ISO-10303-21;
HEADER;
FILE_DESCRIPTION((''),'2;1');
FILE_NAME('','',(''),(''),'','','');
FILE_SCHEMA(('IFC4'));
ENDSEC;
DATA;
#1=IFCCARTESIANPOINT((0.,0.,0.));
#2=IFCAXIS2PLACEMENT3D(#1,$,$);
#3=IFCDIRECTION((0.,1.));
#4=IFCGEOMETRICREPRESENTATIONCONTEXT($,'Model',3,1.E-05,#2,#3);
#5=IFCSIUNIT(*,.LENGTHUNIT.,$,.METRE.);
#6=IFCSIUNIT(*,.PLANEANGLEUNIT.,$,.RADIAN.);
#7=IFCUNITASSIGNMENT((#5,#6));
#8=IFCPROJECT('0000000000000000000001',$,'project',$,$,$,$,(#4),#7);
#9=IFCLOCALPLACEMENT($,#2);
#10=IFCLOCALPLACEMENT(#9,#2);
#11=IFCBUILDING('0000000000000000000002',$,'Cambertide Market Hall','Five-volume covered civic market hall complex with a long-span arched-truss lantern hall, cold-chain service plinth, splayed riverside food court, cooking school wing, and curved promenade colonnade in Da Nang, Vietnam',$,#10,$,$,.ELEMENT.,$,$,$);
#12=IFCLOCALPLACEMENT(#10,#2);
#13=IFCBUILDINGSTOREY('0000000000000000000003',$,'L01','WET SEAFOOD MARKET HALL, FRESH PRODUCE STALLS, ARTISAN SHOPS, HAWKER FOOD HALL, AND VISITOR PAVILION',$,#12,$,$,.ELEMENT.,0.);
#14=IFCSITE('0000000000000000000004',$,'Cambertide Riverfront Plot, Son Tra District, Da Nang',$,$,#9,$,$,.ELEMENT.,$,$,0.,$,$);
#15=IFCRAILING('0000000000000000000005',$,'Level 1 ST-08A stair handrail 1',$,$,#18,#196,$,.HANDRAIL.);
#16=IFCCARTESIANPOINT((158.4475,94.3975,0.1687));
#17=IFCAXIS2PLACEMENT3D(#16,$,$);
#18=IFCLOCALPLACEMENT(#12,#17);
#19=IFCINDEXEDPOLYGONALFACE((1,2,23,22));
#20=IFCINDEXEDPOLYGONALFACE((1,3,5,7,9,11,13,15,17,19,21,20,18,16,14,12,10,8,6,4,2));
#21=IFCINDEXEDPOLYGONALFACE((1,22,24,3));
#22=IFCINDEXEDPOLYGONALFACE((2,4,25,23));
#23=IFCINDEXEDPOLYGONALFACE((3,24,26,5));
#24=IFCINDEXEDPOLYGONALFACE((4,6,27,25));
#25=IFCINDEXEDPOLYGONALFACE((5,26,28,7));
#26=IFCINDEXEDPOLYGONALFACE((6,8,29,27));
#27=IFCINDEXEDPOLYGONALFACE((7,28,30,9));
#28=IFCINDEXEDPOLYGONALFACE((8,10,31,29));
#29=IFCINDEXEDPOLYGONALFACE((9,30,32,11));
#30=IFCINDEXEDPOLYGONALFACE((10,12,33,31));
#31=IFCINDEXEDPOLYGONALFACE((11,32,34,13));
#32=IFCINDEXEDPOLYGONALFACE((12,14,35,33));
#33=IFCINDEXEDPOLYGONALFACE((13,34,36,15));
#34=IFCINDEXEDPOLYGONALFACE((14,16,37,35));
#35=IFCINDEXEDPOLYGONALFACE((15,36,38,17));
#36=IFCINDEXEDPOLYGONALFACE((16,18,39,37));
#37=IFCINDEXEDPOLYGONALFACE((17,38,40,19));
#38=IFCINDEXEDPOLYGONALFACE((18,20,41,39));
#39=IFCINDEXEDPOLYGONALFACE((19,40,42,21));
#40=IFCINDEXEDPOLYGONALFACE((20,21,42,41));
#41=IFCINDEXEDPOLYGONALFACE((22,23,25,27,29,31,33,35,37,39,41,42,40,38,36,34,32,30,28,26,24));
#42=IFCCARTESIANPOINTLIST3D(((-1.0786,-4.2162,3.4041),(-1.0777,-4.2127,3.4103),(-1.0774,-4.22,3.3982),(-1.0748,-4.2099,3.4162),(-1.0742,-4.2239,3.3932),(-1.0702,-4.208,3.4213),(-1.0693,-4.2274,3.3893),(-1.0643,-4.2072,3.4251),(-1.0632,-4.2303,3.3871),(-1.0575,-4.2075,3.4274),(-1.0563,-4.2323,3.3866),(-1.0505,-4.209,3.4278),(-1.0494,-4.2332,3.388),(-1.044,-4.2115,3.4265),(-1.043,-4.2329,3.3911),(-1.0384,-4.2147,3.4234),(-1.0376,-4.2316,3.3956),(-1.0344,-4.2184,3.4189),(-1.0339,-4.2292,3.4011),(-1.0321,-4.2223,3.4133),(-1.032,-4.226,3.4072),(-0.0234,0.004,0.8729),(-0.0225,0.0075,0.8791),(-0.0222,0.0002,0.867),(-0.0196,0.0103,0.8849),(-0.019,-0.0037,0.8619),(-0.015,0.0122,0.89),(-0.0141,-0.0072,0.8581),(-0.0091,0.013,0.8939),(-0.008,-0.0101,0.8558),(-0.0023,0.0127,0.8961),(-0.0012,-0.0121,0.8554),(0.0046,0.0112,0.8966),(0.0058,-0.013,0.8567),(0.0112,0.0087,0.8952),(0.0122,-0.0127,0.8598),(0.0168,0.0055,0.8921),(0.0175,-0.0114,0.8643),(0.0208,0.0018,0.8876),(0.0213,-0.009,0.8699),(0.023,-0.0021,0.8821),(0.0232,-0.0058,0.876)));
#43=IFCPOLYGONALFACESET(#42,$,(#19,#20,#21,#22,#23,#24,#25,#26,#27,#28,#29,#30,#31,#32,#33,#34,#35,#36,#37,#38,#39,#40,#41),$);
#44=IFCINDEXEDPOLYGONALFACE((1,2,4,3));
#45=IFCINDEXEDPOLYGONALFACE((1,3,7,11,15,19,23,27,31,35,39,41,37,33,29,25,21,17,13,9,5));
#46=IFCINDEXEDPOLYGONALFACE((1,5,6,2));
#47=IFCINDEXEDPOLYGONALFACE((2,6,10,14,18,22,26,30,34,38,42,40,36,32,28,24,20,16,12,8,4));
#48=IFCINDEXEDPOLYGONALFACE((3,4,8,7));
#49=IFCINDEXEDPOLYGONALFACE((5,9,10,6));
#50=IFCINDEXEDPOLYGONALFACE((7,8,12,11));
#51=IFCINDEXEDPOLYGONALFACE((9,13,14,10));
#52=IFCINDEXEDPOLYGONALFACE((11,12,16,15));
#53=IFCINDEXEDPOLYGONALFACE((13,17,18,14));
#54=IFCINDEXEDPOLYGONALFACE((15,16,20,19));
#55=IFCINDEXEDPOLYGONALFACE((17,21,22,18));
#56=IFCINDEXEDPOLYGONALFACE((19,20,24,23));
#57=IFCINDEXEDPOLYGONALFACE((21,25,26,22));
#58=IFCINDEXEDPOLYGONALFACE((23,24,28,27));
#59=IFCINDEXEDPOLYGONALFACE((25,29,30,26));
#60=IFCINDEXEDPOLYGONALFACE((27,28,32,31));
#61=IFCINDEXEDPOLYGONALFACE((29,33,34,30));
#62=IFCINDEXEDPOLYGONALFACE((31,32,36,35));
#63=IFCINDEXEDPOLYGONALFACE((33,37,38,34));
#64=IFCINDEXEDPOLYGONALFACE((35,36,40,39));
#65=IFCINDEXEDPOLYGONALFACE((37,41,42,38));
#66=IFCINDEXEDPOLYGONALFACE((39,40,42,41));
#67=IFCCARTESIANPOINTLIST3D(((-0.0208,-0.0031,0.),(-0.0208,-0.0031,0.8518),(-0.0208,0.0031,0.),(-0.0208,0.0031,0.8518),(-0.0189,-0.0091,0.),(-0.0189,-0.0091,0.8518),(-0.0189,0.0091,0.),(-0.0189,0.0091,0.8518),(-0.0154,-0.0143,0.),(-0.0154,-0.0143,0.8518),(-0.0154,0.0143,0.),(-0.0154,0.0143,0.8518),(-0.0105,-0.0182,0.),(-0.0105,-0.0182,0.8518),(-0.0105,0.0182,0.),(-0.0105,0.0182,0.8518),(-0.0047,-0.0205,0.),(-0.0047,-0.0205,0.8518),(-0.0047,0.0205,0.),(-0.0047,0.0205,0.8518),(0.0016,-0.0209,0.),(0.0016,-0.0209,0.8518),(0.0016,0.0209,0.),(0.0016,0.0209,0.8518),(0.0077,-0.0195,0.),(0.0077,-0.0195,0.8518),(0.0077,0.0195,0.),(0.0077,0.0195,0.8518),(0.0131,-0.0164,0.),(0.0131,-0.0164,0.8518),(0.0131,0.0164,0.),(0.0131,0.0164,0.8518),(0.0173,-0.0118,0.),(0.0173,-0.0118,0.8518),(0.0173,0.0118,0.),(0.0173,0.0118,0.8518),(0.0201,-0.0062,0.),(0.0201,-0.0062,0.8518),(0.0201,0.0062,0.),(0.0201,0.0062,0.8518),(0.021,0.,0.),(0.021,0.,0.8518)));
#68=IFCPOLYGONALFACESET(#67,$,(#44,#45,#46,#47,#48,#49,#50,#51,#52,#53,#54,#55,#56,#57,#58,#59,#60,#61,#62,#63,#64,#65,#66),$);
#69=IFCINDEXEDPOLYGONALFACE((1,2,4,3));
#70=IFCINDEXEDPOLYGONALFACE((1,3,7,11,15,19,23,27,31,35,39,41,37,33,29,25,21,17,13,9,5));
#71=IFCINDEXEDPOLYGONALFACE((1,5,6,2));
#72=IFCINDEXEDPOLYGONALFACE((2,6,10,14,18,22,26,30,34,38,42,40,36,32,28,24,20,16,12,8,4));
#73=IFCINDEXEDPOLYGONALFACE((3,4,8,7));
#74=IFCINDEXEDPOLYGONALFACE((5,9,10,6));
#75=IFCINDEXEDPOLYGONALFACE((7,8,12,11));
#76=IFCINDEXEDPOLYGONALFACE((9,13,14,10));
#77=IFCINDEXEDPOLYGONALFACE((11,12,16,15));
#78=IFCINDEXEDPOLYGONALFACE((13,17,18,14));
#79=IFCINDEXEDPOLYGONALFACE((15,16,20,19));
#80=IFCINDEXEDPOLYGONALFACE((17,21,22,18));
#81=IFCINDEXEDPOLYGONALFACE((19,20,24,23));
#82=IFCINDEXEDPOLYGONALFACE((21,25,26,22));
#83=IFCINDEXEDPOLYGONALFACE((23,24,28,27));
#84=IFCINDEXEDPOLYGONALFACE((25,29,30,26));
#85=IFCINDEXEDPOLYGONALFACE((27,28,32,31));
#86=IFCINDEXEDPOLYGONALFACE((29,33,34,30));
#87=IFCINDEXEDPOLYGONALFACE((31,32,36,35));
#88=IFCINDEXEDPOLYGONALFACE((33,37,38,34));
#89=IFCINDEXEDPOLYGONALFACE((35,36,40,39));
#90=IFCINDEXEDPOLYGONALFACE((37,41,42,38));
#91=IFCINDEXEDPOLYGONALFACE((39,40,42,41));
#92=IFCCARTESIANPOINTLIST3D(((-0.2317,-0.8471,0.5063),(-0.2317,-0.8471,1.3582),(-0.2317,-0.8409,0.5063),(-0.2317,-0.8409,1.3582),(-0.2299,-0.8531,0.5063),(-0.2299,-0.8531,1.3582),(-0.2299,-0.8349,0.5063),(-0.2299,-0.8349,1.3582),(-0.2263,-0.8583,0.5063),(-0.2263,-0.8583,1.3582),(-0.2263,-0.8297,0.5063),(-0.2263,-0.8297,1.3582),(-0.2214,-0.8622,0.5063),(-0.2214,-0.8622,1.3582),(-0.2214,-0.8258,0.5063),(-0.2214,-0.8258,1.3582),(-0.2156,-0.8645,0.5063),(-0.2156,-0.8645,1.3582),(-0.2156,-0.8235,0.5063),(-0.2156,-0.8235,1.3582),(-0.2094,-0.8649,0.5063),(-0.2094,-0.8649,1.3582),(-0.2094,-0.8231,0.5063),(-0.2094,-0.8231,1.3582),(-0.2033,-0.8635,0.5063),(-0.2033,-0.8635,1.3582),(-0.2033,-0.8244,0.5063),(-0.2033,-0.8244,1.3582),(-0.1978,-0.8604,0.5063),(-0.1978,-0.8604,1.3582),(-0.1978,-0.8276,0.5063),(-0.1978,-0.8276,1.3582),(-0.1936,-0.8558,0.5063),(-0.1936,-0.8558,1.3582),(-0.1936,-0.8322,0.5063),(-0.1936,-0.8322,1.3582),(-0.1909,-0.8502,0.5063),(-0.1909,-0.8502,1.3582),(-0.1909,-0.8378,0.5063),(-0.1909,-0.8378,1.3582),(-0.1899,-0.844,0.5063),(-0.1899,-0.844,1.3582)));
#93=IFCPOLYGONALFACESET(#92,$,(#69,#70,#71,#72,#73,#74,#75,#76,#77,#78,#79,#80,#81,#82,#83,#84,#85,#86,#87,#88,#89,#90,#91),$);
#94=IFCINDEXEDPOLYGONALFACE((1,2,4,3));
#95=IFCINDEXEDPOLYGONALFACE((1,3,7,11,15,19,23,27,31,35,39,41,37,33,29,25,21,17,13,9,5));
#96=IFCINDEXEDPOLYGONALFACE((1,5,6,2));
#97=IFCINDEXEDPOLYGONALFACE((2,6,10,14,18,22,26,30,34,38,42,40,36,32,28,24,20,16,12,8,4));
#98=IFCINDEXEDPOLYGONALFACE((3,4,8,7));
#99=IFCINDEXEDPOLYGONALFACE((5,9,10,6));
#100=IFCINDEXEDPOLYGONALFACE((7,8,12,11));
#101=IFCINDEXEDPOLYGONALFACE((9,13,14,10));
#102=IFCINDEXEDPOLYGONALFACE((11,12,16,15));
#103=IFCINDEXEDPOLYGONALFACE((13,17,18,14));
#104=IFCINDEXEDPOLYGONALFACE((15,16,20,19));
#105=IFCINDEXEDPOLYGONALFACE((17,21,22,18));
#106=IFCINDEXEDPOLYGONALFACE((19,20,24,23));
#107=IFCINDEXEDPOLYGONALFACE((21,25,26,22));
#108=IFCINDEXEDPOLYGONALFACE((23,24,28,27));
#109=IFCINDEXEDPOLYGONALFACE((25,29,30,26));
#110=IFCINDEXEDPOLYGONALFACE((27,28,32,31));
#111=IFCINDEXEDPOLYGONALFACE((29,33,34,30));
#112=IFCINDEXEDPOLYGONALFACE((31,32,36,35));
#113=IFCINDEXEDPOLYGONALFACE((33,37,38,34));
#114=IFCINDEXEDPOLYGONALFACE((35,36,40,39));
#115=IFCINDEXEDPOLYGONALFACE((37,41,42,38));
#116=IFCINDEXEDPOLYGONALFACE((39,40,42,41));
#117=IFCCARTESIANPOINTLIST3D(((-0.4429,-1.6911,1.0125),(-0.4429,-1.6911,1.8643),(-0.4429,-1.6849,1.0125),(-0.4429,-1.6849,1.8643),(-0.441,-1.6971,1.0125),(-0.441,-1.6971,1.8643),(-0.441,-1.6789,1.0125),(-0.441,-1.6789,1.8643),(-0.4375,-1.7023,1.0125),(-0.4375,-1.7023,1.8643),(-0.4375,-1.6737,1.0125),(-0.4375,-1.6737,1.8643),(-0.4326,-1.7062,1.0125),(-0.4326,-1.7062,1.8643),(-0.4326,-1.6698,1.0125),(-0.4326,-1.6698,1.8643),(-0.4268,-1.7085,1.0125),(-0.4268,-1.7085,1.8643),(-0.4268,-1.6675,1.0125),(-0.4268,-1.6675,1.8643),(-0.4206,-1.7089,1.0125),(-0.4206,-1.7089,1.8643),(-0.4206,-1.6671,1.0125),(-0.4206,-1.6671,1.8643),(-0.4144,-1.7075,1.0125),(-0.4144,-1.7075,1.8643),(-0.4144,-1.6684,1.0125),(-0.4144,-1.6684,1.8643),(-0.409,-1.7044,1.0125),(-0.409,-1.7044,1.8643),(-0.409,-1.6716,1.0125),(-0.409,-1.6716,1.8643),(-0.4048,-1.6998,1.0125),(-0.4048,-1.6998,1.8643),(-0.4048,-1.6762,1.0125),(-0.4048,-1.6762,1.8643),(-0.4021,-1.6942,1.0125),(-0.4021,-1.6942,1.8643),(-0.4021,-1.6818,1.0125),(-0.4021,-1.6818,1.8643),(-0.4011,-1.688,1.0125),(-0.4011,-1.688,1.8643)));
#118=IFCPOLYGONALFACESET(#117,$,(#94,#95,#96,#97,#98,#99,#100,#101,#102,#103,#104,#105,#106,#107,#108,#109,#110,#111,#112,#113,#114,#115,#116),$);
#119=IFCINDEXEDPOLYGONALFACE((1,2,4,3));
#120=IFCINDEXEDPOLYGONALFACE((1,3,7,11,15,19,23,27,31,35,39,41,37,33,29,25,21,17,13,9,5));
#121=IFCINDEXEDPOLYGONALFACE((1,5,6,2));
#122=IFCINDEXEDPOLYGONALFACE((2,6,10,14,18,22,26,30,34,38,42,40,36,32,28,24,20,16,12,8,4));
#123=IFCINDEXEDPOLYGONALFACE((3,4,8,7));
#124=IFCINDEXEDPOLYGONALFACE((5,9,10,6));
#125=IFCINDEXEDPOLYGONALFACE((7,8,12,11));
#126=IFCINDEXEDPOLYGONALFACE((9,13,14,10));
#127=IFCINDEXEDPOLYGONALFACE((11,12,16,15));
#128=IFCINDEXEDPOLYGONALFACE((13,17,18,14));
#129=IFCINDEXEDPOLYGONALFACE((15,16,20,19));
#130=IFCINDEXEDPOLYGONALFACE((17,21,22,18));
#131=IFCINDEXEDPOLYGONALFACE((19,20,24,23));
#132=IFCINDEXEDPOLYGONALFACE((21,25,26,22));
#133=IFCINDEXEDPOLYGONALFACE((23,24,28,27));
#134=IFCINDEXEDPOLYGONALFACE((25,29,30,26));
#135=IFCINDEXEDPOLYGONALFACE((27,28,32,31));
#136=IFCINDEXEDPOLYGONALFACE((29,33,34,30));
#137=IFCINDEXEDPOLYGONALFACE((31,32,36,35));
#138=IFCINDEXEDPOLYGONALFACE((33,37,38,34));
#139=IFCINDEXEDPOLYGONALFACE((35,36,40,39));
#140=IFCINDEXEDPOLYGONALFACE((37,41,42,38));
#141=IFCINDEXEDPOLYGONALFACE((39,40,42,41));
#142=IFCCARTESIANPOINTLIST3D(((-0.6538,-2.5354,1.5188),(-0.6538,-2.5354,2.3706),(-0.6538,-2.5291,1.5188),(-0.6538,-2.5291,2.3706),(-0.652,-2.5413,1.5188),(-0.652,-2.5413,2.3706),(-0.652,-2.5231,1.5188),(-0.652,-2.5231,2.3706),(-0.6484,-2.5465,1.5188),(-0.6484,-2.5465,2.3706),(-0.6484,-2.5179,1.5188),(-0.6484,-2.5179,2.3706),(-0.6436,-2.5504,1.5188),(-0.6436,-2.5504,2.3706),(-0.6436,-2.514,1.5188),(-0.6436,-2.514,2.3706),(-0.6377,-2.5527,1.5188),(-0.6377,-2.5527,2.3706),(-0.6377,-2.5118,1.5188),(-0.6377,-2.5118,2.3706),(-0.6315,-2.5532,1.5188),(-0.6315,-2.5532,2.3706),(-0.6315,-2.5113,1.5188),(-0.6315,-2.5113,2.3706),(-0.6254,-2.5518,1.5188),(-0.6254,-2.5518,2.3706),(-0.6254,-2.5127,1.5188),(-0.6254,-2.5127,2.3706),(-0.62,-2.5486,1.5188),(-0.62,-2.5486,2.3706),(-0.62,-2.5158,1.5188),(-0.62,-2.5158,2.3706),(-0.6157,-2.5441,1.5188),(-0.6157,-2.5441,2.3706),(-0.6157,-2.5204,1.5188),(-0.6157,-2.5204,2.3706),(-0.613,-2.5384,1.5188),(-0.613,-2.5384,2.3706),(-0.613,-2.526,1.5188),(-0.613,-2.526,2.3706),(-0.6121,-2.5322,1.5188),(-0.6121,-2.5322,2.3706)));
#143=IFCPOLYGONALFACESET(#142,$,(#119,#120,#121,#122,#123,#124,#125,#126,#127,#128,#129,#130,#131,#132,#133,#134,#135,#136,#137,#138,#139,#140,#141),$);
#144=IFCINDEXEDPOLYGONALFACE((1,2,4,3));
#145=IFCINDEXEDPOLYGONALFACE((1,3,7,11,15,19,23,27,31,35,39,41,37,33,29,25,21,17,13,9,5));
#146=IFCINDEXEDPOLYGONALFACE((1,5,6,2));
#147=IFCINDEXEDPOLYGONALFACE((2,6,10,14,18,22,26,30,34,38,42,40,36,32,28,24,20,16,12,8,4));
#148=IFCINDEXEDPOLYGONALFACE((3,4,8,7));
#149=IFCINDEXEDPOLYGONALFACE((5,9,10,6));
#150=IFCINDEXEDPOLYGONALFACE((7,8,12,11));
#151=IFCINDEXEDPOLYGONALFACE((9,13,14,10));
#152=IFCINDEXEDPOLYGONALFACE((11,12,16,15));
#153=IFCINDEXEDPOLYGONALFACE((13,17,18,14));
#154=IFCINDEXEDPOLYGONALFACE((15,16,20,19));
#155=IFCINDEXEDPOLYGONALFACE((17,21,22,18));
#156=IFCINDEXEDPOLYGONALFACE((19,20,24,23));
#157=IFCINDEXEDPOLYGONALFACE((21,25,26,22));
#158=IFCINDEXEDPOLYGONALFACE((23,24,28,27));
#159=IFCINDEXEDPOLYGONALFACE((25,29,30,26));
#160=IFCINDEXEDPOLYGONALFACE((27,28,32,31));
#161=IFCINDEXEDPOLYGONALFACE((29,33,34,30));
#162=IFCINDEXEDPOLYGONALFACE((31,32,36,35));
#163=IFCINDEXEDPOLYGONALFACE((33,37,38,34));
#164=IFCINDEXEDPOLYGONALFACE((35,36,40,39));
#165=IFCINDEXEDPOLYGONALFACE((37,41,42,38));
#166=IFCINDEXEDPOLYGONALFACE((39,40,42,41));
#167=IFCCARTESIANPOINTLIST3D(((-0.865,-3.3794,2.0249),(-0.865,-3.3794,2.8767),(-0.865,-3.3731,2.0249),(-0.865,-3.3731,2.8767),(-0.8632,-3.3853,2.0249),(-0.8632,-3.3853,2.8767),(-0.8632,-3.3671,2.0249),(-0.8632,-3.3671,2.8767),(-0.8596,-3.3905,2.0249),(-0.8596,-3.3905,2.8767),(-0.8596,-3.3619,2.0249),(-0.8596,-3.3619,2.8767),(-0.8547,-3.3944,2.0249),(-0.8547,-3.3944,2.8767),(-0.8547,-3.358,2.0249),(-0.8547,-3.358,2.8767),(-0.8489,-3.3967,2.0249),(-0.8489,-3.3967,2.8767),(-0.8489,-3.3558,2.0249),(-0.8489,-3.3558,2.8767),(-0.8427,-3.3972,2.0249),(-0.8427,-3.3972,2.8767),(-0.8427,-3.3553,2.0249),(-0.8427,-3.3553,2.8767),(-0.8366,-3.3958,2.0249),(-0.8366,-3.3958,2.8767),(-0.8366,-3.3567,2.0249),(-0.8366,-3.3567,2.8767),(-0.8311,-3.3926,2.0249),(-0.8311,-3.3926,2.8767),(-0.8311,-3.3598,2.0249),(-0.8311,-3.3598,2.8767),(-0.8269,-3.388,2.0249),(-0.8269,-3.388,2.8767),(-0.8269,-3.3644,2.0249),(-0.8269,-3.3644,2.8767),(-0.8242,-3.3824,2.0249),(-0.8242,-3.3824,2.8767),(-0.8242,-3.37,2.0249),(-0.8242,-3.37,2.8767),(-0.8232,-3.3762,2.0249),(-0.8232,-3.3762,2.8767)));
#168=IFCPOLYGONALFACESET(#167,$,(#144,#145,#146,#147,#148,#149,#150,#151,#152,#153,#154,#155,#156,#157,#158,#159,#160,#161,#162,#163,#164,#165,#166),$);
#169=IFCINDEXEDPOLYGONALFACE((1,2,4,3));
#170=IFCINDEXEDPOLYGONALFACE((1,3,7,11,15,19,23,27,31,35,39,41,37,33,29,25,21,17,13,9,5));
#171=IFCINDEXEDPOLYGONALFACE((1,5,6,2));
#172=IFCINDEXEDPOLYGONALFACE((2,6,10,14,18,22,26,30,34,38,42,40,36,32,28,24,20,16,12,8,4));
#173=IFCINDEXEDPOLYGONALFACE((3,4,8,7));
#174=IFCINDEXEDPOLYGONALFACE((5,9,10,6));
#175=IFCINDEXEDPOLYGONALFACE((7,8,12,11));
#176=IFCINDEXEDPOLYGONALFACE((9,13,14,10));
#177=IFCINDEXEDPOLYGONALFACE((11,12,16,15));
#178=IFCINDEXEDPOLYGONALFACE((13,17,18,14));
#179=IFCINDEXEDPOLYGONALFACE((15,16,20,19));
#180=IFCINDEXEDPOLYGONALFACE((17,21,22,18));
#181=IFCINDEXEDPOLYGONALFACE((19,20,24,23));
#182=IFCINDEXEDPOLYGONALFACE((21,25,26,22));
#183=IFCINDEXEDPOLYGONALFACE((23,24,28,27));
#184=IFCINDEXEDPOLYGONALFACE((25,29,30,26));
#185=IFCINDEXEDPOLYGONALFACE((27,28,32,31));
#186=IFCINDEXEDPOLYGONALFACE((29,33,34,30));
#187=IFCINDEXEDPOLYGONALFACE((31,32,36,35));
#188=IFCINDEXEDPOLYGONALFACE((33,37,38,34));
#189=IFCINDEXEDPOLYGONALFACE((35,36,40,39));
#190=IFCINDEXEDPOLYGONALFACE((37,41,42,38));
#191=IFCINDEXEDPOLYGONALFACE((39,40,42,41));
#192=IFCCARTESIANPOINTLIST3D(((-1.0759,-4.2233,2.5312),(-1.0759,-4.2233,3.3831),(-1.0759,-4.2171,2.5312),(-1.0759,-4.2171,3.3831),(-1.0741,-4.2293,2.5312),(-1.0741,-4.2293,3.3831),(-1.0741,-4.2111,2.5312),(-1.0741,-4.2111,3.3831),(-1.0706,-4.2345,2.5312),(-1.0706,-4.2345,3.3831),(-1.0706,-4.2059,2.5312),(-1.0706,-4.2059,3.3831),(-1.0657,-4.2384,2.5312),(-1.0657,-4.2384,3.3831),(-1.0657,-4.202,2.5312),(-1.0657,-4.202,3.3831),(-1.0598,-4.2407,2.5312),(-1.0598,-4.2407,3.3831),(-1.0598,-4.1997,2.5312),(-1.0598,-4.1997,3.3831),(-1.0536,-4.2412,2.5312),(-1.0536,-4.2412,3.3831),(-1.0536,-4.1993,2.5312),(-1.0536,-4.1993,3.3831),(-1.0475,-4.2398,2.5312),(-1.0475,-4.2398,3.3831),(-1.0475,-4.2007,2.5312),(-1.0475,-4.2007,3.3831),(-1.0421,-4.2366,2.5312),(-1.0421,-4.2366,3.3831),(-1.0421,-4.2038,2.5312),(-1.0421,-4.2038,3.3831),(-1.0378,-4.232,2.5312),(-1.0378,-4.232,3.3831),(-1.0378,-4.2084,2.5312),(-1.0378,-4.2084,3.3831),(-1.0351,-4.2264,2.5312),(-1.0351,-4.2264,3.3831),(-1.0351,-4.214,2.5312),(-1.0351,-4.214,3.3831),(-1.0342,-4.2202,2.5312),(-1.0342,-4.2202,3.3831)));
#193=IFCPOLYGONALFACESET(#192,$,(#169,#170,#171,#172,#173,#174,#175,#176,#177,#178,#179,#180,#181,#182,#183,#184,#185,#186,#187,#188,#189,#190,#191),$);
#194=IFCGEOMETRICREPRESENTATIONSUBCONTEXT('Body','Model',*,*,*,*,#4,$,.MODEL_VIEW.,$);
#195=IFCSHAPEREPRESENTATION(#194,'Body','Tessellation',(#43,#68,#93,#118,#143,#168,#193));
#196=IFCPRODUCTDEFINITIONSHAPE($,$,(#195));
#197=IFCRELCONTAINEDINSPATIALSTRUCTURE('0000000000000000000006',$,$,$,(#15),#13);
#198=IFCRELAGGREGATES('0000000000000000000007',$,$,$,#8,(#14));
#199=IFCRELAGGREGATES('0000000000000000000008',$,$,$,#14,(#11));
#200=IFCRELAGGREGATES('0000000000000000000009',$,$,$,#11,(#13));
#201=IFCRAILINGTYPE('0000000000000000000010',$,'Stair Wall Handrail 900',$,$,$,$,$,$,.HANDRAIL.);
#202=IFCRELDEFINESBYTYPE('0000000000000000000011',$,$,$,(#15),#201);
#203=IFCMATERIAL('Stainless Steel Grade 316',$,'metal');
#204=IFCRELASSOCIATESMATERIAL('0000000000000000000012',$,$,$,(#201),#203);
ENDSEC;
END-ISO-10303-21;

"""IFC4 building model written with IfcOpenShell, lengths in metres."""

from ifc_helpers import new_model, si_unit, direction, frame, origin, origin_2d, place, context, subcontext, project, spatial, circle, extrude, material, type_object, element, save


model = new_model("IFC4")

# Units and contexts
model_context = context("Model", 3, precision=1e-05, world=origin(), true_north=direction((0.0, 1.0)))
body_context = subcontext(model_context, "Body", "Model", "MODEL_VIEW")
ifc_project = project(units=[si_unit("LENGTHUNIT", "METRE"), si_unit("PLANEANGLEUNIT", "RADIAN")], contexts=[model_context])

# Site, building, storey
site_placement = place(None, origin())
site = spatial("IfcSite", under=ifc_project, at=site_placement, Name="Cambertide Riverfront Plot, Son Tra District, Da Nang", CompositionType="ELEMENT", RefElevation=0.0)
building_placement = place(site_placement, origin())
building = spatial("IfcBuilding", under=site, at=building_placement, Name="Cambertide Market Hall", Description="Five-volume covered civic market hall complex with a long-span arched-truss lantern hall, cold-chain service plinth, splayed riverside food court, cooking school wing, and curved promenade colonnade in Da Nang, Vietnam", CompositionType="ELEMENT")
storey_placement = place(building_placement, origin())
storey = spatial("IfcBuildingStorey", under=building, at=storey_placement, Name="L01", Description="WET SEAFOOD MARKET HALL, FRESH PRODUCE STALLS, ARTISAN SHOPS, HAWKER FOOD HALL, AND VISITOR PAVILION", CompositionType="ELEMENT", Elevation=0.0)

# Railing
ifc_material_1 = material(Name="Stainless Steel Grade 316", Category="metal")
railing_type_1 = type_object("IfcRailingType", Name="Stair Wall Handrail 900", PredefinedType="HANDRAIL", material=ifc_material_1)
railing_1_placement = place(storey_placement, frame((158.4475, 94.3975, 0.1687)))
element("IfcRailing", 1, at=railing_1_placement, inside=storey, type_object=railing_type_1, Name="Level 1 ST-08A stair handrail 1", PredefinedType="HANDRAIL", context=body_context, shape_type="SweptSolid", body=[
    extrude(circle(Radius=0.0239, at=origin_2d()), frame((0.0, 0.0, 0.876), z_axis=(-0.209653, -0.838513, 0.502933), x_axis=(0.970136, -0.242562, 0.0)), (0.0, 0.0, 1.0), 5.033),
    extrude(circle(Radius=0.021, at=origin_2d()), origin(), (0.0, 0.0, 1.0), 0.8518),
    extrude(circle(Radius=0.021, at=origin_2d()), frame((-0.2109, -0.844, 0.5063)), (0.0, 0.0, 1.0), 0.8518),
    extrude(circle(Radius=0.021, at=origin_2d()), frame((-0.4221, -1.688, 1.0125)), (0.0, 0.0, 1.0), 0.8518),
    extrude(circle(Radius=0.021, at=origin_2d()), frame((-0.6331, -2.5322, 1.5188)), (0.0, 0.0, 1.0), 0.8518),
    extrude(circle(Radius=0.021, at=origin_2d()), frame((-0.8442, -3.3762, 2.0249)), (0.0, 0.0, 1.0), 0.8518),
    extrude(circle(Radius=0.021, at=origin_2d()), frame((-1.0552, -4.2202, 2.5312)), (0.0, 0.0, 1.0), 0.8518),
])

save(model, "model.ifc")
